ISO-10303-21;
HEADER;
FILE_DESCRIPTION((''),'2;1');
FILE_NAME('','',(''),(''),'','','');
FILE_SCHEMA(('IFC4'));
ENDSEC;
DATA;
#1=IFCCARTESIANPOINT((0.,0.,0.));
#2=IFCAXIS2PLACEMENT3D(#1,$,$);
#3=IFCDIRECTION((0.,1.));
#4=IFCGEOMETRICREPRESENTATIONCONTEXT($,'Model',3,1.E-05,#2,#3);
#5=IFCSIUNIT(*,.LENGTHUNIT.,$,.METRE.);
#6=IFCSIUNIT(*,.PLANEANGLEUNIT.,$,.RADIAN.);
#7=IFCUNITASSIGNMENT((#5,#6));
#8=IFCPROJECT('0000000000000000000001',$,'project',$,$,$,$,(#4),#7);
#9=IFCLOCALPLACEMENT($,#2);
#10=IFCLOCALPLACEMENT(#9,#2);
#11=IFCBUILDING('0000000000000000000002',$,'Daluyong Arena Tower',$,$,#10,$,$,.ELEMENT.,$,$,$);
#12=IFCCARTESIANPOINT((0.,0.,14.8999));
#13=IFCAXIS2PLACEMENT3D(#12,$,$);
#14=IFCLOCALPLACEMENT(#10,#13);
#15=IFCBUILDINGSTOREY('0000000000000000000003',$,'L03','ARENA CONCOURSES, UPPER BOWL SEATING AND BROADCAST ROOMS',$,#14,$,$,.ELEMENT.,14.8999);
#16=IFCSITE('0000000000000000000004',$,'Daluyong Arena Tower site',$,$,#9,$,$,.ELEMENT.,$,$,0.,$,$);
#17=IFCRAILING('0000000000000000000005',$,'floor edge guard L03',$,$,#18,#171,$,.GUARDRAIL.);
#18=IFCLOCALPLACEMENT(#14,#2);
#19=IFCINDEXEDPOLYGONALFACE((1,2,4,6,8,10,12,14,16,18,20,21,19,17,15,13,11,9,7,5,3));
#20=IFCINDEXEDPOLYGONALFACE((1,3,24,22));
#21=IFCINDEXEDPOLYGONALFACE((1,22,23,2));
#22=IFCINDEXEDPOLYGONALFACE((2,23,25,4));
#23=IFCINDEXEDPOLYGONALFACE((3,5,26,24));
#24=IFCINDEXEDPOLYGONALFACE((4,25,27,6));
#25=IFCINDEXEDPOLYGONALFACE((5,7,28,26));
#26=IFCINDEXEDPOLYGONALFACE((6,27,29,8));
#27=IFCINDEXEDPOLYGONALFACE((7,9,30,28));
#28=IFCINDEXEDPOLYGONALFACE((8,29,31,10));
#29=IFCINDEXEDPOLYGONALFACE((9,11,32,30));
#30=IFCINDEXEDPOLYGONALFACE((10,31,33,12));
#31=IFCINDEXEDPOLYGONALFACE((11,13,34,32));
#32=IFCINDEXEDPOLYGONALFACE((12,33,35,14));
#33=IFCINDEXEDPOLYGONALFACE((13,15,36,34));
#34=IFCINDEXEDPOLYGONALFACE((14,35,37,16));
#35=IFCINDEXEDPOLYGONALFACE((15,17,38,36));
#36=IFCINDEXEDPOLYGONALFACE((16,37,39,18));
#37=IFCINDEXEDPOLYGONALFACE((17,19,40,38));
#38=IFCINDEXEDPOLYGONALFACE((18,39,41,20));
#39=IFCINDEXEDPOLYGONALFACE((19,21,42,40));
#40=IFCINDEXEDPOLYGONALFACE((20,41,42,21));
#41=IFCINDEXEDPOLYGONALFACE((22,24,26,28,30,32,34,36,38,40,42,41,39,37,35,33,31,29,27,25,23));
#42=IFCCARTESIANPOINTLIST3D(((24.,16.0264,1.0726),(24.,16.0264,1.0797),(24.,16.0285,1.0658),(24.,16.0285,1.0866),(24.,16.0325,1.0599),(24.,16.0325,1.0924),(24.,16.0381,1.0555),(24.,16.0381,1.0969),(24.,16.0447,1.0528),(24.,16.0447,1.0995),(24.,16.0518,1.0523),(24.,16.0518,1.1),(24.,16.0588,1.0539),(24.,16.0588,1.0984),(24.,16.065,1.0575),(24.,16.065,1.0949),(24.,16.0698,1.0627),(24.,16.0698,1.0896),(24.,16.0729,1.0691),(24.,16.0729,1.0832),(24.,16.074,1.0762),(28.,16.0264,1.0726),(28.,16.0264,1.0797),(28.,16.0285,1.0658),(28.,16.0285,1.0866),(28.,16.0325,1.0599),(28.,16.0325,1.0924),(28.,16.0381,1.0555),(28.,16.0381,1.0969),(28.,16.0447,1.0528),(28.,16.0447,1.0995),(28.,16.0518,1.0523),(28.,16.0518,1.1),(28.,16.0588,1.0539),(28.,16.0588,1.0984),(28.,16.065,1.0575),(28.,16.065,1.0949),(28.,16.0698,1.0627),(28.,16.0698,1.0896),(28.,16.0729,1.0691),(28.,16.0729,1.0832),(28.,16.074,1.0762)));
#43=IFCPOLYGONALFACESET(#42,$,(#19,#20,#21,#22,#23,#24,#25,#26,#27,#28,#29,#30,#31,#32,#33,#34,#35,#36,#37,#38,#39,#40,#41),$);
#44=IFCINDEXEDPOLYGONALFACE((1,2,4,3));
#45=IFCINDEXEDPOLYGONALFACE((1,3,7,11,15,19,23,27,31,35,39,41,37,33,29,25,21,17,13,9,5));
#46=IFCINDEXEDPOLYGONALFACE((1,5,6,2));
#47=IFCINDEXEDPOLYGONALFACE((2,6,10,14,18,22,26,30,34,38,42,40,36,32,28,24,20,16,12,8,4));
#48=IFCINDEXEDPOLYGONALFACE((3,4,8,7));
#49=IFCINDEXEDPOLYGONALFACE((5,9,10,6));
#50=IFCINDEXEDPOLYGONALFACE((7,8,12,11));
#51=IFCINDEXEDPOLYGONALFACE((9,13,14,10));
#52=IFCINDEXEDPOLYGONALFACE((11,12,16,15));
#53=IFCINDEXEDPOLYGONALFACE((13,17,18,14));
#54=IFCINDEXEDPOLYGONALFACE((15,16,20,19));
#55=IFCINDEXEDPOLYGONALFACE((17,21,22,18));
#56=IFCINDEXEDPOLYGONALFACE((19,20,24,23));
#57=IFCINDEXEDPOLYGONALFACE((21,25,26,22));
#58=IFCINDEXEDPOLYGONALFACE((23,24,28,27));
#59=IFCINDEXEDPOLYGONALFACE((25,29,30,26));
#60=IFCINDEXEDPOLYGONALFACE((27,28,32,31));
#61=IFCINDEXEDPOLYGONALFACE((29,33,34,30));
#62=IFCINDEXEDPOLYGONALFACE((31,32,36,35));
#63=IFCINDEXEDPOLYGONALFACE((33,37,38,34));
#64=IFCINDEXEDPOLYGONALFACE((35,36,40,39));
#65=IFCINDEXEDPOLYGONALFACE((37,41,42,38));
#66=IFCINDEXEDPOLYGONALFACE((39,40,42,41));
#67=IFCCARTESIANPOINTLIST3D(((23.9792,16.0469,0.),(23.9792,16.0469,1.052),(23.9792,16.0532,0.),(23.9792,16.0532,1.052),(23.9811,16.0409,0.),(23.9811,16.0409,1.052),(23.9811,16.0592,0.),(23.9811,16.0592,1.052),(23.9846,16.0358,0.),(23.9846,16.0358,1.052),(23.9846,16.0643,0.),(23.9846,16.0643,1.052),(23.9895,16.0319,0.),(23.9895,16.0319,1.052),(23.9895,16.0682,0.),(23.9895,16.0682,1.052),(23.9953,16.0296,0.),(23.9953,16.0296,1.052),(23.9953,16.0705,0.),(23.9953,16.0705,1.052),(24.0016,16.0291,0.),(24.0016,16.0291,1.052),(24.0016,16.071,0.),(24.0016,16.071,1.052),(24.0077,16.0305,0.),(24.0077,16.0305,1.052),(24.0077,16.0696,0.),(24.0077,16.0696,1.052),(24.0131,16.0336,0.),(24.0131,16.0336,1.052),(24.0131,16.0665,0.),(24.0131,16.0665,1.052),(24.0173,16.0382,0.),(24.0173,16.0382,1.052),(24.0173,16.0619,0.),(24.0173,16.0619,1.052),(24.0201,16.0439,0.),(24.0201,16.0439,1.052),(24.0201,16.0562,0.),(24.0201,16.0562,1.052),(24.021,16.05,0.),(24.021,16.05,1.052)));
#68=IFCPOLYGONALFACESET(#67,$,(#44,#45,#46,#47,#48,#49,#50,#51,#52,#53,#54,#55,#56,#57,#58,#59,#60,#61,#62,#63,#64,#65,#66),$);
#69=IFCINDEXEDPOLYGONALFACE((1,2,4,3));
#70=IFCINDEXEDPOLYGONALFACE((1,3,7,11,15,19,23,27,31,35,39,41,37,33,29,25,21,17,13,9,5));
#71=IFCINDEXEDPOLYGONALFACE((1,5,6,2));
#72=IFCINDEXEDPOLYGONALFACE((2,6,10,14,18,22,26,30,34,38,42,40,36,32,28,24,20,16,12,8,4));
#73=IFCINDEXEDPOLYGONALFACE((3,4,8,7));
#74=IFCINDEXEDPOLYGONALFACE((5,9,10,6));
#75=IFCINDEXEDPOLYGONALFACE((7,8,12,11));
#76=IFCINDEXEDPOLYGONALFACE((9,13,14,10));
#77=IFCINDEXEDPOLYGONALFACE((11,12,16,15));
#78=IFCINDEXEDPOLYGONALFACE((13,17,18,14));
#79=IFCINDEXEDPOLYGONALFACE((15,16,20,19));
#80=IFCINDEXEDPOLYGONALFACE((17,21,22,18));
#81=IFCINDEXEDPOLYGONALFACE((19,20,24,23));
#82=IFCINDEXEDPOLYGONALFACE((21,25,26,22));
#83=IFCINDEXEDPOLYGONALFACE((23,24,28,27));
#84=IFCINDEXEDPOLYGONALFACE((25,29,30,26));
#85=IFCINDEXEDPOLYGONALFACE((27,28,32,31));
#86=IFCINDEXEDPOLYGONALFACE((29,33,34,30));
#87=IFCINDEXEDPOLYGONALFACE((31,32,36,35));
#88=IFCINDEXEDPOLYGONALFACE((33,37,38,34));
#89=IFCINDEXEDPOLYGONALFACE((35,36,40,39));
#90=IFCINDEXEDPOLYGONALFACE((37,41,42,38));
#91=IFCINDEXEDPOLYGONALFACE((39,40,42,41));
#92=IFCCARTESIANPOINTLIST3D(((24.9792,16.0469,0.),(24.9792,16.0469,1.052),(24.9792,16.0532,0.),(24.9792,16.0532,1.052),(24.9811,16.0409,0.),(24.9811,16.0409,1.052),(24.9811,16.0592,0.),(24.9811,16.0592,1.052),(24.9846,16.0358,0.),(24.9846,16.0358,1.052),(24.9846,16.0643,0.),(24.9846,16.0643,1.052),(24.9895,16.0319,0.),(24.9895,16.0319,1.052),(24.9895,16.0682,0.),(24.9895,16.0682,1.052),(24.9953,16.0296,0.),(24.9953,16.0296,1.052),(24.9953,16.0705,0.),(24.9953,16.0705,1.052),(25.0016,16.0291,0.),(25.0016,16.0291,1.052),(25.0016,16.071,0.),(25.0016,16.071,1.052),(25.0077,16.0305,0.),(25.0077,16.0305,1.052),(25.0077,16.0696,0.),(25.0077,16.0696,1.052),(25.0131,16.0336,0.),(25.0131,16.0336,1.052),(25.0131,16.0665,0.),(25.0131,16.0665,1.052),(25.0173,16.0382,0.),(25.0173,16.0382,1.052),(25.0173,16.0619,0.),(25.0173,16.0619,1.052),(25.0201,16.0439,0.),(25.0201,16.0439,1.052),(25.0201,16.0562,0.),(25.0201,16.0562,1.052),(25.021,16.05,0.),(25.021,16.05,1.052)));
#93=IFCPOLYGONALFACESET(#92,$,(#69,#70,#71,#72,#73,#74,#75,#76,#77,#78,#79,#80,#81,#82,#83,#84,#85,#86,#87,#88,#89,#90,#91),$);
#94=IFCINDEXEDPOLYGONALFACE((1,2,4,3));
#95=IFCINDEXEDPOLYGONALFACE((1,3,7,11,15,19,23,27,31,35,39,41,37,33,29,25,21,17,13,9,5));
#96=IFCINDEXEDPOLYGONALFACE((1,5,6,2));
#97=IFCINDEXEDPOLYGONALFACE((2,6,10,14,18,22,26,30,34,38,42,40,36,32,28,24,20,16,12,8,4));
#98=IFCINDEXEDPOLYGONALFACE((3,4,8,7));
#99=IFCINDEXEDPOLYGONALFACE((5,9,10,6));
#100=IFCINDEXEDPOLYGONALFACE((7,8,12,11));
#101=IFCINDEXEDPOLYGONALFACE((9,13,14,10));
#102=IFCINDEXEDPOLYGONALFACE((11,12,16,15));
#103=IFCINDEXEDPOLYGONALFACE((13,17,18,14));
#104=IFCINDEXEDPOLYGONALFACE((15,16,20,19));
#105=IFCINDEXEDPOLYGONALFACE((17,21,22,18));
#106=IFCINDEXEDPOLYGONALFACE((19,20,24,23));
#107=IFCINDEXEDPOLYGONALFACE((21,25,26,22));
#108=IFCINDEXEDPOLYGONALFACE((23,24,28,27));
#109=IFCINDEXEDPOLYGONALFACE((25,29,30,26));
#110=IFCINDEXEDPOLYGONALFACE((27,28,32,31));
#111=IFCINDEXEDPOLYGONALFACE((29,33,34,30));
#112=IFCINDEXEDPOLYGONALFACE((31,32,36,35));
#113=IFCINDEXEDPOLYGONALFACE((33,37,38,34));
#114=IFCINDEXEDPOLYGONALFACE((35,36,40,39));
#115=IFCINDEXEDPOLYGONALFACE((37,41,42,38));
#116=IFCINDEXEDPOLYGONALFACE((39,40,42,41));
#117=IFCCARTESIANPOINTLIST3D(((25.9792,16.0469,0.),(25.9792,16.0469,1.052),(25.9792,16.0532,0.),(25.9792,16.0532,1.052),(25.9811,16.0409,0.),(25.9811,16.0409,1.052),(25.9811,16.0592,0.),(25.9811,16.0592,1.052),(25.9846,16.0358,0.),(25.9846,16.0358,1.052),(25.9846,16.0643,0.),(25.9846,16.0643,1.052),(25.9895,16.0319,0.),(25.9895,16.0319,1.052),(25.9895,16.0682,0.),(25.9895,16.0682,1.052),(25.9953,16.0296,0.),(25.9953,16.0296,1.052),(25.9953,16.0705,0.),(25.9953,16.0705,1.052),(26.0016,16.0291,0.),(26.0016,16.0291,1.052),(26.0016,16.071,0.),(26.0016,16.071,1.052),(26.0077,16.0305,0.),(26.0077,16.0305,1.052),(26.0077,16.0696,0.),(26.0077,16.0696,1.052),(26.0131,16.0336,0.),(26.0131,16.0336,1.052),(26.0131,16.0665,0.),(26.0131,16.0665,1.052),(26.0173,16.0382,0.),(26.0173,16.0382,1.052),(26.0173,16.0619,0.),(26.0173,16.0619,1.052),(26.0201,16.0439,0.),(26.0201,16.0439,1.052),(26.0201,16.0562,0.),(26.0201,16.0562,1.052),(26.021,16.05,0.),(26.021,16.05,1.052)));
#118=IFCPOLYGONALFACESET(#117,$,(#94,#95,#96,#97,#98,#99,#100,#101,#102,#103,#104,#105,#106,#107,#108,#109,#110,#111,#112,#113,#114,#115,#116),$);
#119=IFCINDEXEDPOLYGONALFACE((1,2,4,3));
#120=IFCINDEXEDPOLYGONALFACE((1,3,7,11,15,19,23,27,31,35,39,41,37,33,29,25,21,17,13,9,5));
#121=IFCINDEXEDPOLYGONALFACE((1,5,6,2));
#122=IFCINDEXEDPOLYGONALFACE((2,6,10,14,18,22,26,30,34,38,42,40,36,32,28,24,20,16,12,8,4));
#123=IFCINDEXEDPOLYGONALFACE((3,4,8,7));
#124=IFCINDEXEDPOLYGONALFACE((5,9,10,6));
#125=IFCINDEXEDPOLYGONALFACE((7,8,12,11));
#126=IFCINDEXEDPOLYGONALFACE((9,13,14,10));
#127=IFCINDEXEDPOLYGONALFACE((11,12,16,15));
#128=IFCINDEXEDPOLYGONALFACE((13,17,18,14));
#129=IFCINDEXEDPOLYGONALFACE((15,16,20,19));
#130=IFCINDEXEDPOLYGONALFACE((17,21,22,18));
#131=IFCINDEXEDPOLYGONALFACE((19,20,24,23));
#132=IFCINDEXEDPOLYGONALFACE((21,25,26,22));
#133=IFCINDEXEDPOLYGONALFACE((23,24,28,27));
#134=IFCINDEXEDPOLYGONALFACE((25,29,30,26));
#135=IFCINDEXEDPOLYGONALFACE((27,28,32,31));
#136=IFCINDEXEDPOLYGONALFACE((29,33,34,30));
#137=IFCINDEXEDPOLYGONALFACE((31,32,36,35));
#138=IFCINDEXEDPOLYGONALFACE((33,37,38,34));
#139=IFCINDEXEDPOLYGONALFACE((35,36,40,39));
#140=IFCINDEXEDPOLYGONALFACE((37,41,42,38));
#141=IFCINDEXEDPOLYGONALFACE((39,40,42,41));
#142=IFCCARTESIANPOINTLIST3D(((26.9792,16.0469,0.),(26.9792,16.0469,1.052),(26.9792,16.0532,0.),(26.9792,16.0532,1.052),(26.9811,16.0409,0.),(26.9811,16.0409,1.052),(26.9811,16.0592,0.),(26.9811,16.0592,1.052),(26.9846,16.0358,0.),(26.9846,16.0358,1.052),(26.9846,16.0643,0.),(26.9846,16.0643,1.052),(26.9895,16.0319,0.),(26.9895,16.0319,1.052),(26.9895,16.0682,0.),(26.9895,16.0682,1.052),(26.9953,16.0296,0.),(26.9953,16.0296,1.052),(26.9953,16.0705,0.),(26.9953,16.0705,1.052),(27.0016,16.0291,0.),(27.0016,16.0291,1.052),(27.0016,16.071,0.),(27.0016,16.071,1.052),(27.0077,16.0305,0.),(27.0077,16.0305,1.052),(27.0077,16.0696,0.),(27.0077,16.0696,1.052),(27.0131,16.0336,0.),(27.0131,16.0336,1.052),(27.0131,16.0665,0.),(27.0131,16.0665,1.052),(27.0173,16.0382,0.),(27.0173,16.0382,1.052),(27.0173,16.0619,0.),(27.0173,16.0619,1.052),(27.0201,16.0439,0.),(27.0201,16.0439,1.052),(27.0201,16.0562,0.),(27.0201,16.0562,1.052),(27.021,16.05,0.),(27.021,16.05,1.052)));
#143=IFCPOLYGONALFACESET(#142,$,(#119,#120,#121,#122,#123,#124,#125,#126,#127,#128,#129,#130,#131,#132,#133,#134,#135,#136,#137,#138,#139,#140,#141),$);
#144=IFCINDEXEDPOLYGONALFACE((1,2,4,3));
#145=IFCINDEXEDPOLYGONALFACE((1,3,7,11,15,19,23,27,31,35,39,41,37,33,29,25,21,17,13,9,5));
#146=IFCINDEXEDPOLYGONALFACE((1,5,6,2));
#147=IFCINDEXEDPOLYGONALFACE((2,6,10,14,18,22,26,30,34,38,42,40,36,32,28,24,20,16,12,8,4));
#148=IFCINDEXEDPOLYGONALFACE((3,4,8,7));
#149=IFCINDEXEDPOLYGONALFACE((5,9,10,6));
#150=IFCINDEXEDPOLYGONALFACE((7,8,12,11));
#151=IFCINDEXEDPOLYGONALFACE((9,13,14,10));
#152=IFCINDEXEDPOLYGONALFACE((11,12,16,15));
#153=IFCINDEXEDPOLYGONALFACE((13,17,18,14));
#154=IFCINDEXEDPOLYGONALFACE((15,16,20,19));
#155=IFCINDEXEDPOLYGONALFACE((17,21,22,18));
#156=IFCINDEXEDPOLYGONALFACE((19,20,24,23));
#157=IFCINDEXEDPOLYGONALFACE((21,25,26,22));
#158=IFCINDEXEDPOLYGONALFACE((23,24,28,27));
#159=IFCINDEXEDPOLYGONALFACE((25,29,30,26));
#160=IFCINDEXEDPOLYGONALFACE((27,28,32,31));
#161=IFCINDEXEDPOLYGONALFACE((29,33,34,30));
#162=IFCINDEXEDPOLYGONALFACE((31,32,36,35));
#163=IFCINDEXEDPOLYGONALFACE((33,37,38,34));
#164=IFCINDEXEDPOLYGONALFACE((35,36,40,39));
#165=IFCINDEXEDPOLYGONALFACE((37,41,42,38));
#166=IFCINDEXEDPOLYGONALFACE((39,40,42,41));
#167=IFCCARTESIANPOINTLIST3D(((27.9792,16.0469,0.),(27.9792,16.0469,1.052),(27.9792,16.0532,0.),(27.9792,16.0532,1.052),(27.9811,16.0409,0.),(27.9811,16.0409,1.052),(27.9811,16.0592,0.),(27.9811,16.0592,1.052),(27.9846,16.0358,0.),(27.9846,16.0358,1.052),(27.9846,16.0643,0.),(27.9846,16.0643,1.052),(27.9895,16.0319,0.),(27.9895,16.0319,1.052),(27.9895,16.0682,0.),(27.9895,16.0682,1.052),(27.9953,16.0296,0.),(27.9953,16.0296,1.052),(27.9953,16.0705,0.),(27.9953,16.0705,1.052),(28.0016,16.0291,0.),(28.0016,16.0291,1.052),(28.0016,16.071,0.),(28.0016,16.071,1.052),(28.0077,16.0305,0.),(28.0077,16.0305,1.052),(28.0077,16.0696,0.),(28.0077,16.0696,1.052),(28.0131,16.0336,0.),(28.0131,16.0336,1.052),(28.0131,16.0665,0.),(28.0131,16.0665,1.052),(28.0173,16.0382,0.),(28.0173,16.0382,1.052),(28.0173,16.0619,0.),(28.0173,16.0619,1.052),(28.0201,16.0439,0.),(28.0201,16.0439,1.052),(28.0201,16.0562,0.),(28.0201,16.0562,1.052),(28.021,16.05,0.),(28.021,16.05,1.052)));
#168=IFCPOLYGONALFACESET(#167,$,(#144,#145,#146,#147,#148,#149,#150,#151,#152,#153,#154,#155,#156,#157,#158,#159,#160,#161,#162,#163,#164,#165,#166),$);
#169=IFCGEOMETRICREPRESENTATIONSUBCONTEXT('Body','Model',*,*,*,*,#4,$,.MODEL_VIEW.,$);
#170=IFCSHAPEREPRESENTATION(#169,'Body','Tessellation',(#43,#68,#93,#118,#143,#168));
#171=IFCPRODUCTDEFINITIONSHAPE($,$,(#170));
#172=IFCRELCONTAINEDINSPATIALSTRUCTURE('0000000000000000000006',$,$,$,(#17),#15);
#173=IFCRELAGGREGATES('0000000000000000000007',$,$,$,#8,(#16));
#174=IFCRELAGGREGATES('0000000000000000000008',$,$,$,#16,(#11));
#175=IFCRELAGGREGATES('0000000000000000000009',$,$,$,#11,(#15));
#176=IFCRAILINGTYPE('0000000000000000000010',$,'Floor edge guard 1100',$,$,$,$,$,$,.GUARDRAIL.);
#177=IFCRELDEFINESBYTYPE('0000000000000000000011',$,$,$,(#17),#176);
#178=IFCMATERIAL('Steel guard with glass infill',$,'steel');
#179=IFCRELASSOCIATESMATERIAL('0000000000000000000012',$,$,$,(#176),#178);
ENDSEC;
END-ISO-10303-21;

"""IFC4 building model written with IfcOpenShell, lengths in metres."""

from ifc_helpers import new_model, si_unit, direction, frame, origin, origin_2d, place, context, subcontext, project, spatial, circle, extrude, material, type_object, element, save


model = new_model("IFC4")

# Units and contexts
model_context = context("Model", 3, precision=1e-05, world=origin(), true_north=direction((0.0, 1.0)))
body_context = subcontext(model_context, "Body", "Model", "MODEL_VIEW")
ifc_project = project(units=[si_unit("LENGTHUNIT", "METRE"), si_unit("PLANEANGLEUNIT", "RADIAN")], contexts=[model_context])

# Site, building, storey
site_placement = place(None, origin())
site = spatial("IfcSite", under=ifc_project, at=site_placement, Name="Daluyong Arena Tower site", CompositionType="ELEMENT", RefElevation=0.0)
building_placement = place(site_placement, origin())
building = spatial("IfcBuilding", under=site, at=building_placement, Name="Daluyong Arena Tower", CompositionType="ELEMENT")
storey_placement = place(building_placement, frame((0.0, 0.0, 14.8999)))
storey = spatial("IfcBuildingStorey", under=building, at=storey_placement, Name="L03", Description="ARENA CONCOURSES, UPPER BOWL SEATING AND BROADCAST ROOMS", CompositionType="ELEMENT", Elevation=14.8999)

# Railing
ifc_material_1 = material(Name="Steel guard with glass infill", Category="steel")
railing_type_1 = type_object("IfcRailingType", Name="Floor edge guard 1100", PredefinedType="GUARDRAIL", material=ifc_material_1)
railing_1_placement = place(storey_placement, frame((24.0, 16.05, 0.0)))
element("IfcRailing", 1, at=railing_1_placement, inside=storey, type_object=railing_type_1, Name="floor edge guard L03", PredefinedType="GUARDRAIL", context=body_context, shape_type="SweptSolid", body=[
    extrude(circle(Radius=0.0239, at=origin_2d()), frame((0.0, 0.0, 1.0762), z_axis=(1.0, 0.0, 0.0), x_axis=(0.0, 1.0, 0.0)), (0.0, 0.0, 1.0), 4.0),
    extrude(circle(Radius=0.021, at=origin_2d()), origin(), (0.0, 0.0, 1.0), 1.052),
    extrude(circle(Radius=0.021, at=origin_2d()), frame((1.0, 0.0, 0.0)), (0.0, 0.0, 1.0), 1.052),
    extrude(circle(Radius=0.021, at=origin_2d()), frame((2.0, 0.0, 0.0)), (0.0, 0.0, 1.0), 1.052),
    extrude(circle(Radius=0.021, at=origin_2d()), frame((3.0, 0.0, 0.0)), (0.0, 0.0, 1.0), 1.052),
    extrude(circle(Radius=0.021, at=origin_2d()), frame((4.0, 0.0, 0.0)), (0.0, 0.0, 1.0), 1.052),
])

save(model, "model.ifc")
